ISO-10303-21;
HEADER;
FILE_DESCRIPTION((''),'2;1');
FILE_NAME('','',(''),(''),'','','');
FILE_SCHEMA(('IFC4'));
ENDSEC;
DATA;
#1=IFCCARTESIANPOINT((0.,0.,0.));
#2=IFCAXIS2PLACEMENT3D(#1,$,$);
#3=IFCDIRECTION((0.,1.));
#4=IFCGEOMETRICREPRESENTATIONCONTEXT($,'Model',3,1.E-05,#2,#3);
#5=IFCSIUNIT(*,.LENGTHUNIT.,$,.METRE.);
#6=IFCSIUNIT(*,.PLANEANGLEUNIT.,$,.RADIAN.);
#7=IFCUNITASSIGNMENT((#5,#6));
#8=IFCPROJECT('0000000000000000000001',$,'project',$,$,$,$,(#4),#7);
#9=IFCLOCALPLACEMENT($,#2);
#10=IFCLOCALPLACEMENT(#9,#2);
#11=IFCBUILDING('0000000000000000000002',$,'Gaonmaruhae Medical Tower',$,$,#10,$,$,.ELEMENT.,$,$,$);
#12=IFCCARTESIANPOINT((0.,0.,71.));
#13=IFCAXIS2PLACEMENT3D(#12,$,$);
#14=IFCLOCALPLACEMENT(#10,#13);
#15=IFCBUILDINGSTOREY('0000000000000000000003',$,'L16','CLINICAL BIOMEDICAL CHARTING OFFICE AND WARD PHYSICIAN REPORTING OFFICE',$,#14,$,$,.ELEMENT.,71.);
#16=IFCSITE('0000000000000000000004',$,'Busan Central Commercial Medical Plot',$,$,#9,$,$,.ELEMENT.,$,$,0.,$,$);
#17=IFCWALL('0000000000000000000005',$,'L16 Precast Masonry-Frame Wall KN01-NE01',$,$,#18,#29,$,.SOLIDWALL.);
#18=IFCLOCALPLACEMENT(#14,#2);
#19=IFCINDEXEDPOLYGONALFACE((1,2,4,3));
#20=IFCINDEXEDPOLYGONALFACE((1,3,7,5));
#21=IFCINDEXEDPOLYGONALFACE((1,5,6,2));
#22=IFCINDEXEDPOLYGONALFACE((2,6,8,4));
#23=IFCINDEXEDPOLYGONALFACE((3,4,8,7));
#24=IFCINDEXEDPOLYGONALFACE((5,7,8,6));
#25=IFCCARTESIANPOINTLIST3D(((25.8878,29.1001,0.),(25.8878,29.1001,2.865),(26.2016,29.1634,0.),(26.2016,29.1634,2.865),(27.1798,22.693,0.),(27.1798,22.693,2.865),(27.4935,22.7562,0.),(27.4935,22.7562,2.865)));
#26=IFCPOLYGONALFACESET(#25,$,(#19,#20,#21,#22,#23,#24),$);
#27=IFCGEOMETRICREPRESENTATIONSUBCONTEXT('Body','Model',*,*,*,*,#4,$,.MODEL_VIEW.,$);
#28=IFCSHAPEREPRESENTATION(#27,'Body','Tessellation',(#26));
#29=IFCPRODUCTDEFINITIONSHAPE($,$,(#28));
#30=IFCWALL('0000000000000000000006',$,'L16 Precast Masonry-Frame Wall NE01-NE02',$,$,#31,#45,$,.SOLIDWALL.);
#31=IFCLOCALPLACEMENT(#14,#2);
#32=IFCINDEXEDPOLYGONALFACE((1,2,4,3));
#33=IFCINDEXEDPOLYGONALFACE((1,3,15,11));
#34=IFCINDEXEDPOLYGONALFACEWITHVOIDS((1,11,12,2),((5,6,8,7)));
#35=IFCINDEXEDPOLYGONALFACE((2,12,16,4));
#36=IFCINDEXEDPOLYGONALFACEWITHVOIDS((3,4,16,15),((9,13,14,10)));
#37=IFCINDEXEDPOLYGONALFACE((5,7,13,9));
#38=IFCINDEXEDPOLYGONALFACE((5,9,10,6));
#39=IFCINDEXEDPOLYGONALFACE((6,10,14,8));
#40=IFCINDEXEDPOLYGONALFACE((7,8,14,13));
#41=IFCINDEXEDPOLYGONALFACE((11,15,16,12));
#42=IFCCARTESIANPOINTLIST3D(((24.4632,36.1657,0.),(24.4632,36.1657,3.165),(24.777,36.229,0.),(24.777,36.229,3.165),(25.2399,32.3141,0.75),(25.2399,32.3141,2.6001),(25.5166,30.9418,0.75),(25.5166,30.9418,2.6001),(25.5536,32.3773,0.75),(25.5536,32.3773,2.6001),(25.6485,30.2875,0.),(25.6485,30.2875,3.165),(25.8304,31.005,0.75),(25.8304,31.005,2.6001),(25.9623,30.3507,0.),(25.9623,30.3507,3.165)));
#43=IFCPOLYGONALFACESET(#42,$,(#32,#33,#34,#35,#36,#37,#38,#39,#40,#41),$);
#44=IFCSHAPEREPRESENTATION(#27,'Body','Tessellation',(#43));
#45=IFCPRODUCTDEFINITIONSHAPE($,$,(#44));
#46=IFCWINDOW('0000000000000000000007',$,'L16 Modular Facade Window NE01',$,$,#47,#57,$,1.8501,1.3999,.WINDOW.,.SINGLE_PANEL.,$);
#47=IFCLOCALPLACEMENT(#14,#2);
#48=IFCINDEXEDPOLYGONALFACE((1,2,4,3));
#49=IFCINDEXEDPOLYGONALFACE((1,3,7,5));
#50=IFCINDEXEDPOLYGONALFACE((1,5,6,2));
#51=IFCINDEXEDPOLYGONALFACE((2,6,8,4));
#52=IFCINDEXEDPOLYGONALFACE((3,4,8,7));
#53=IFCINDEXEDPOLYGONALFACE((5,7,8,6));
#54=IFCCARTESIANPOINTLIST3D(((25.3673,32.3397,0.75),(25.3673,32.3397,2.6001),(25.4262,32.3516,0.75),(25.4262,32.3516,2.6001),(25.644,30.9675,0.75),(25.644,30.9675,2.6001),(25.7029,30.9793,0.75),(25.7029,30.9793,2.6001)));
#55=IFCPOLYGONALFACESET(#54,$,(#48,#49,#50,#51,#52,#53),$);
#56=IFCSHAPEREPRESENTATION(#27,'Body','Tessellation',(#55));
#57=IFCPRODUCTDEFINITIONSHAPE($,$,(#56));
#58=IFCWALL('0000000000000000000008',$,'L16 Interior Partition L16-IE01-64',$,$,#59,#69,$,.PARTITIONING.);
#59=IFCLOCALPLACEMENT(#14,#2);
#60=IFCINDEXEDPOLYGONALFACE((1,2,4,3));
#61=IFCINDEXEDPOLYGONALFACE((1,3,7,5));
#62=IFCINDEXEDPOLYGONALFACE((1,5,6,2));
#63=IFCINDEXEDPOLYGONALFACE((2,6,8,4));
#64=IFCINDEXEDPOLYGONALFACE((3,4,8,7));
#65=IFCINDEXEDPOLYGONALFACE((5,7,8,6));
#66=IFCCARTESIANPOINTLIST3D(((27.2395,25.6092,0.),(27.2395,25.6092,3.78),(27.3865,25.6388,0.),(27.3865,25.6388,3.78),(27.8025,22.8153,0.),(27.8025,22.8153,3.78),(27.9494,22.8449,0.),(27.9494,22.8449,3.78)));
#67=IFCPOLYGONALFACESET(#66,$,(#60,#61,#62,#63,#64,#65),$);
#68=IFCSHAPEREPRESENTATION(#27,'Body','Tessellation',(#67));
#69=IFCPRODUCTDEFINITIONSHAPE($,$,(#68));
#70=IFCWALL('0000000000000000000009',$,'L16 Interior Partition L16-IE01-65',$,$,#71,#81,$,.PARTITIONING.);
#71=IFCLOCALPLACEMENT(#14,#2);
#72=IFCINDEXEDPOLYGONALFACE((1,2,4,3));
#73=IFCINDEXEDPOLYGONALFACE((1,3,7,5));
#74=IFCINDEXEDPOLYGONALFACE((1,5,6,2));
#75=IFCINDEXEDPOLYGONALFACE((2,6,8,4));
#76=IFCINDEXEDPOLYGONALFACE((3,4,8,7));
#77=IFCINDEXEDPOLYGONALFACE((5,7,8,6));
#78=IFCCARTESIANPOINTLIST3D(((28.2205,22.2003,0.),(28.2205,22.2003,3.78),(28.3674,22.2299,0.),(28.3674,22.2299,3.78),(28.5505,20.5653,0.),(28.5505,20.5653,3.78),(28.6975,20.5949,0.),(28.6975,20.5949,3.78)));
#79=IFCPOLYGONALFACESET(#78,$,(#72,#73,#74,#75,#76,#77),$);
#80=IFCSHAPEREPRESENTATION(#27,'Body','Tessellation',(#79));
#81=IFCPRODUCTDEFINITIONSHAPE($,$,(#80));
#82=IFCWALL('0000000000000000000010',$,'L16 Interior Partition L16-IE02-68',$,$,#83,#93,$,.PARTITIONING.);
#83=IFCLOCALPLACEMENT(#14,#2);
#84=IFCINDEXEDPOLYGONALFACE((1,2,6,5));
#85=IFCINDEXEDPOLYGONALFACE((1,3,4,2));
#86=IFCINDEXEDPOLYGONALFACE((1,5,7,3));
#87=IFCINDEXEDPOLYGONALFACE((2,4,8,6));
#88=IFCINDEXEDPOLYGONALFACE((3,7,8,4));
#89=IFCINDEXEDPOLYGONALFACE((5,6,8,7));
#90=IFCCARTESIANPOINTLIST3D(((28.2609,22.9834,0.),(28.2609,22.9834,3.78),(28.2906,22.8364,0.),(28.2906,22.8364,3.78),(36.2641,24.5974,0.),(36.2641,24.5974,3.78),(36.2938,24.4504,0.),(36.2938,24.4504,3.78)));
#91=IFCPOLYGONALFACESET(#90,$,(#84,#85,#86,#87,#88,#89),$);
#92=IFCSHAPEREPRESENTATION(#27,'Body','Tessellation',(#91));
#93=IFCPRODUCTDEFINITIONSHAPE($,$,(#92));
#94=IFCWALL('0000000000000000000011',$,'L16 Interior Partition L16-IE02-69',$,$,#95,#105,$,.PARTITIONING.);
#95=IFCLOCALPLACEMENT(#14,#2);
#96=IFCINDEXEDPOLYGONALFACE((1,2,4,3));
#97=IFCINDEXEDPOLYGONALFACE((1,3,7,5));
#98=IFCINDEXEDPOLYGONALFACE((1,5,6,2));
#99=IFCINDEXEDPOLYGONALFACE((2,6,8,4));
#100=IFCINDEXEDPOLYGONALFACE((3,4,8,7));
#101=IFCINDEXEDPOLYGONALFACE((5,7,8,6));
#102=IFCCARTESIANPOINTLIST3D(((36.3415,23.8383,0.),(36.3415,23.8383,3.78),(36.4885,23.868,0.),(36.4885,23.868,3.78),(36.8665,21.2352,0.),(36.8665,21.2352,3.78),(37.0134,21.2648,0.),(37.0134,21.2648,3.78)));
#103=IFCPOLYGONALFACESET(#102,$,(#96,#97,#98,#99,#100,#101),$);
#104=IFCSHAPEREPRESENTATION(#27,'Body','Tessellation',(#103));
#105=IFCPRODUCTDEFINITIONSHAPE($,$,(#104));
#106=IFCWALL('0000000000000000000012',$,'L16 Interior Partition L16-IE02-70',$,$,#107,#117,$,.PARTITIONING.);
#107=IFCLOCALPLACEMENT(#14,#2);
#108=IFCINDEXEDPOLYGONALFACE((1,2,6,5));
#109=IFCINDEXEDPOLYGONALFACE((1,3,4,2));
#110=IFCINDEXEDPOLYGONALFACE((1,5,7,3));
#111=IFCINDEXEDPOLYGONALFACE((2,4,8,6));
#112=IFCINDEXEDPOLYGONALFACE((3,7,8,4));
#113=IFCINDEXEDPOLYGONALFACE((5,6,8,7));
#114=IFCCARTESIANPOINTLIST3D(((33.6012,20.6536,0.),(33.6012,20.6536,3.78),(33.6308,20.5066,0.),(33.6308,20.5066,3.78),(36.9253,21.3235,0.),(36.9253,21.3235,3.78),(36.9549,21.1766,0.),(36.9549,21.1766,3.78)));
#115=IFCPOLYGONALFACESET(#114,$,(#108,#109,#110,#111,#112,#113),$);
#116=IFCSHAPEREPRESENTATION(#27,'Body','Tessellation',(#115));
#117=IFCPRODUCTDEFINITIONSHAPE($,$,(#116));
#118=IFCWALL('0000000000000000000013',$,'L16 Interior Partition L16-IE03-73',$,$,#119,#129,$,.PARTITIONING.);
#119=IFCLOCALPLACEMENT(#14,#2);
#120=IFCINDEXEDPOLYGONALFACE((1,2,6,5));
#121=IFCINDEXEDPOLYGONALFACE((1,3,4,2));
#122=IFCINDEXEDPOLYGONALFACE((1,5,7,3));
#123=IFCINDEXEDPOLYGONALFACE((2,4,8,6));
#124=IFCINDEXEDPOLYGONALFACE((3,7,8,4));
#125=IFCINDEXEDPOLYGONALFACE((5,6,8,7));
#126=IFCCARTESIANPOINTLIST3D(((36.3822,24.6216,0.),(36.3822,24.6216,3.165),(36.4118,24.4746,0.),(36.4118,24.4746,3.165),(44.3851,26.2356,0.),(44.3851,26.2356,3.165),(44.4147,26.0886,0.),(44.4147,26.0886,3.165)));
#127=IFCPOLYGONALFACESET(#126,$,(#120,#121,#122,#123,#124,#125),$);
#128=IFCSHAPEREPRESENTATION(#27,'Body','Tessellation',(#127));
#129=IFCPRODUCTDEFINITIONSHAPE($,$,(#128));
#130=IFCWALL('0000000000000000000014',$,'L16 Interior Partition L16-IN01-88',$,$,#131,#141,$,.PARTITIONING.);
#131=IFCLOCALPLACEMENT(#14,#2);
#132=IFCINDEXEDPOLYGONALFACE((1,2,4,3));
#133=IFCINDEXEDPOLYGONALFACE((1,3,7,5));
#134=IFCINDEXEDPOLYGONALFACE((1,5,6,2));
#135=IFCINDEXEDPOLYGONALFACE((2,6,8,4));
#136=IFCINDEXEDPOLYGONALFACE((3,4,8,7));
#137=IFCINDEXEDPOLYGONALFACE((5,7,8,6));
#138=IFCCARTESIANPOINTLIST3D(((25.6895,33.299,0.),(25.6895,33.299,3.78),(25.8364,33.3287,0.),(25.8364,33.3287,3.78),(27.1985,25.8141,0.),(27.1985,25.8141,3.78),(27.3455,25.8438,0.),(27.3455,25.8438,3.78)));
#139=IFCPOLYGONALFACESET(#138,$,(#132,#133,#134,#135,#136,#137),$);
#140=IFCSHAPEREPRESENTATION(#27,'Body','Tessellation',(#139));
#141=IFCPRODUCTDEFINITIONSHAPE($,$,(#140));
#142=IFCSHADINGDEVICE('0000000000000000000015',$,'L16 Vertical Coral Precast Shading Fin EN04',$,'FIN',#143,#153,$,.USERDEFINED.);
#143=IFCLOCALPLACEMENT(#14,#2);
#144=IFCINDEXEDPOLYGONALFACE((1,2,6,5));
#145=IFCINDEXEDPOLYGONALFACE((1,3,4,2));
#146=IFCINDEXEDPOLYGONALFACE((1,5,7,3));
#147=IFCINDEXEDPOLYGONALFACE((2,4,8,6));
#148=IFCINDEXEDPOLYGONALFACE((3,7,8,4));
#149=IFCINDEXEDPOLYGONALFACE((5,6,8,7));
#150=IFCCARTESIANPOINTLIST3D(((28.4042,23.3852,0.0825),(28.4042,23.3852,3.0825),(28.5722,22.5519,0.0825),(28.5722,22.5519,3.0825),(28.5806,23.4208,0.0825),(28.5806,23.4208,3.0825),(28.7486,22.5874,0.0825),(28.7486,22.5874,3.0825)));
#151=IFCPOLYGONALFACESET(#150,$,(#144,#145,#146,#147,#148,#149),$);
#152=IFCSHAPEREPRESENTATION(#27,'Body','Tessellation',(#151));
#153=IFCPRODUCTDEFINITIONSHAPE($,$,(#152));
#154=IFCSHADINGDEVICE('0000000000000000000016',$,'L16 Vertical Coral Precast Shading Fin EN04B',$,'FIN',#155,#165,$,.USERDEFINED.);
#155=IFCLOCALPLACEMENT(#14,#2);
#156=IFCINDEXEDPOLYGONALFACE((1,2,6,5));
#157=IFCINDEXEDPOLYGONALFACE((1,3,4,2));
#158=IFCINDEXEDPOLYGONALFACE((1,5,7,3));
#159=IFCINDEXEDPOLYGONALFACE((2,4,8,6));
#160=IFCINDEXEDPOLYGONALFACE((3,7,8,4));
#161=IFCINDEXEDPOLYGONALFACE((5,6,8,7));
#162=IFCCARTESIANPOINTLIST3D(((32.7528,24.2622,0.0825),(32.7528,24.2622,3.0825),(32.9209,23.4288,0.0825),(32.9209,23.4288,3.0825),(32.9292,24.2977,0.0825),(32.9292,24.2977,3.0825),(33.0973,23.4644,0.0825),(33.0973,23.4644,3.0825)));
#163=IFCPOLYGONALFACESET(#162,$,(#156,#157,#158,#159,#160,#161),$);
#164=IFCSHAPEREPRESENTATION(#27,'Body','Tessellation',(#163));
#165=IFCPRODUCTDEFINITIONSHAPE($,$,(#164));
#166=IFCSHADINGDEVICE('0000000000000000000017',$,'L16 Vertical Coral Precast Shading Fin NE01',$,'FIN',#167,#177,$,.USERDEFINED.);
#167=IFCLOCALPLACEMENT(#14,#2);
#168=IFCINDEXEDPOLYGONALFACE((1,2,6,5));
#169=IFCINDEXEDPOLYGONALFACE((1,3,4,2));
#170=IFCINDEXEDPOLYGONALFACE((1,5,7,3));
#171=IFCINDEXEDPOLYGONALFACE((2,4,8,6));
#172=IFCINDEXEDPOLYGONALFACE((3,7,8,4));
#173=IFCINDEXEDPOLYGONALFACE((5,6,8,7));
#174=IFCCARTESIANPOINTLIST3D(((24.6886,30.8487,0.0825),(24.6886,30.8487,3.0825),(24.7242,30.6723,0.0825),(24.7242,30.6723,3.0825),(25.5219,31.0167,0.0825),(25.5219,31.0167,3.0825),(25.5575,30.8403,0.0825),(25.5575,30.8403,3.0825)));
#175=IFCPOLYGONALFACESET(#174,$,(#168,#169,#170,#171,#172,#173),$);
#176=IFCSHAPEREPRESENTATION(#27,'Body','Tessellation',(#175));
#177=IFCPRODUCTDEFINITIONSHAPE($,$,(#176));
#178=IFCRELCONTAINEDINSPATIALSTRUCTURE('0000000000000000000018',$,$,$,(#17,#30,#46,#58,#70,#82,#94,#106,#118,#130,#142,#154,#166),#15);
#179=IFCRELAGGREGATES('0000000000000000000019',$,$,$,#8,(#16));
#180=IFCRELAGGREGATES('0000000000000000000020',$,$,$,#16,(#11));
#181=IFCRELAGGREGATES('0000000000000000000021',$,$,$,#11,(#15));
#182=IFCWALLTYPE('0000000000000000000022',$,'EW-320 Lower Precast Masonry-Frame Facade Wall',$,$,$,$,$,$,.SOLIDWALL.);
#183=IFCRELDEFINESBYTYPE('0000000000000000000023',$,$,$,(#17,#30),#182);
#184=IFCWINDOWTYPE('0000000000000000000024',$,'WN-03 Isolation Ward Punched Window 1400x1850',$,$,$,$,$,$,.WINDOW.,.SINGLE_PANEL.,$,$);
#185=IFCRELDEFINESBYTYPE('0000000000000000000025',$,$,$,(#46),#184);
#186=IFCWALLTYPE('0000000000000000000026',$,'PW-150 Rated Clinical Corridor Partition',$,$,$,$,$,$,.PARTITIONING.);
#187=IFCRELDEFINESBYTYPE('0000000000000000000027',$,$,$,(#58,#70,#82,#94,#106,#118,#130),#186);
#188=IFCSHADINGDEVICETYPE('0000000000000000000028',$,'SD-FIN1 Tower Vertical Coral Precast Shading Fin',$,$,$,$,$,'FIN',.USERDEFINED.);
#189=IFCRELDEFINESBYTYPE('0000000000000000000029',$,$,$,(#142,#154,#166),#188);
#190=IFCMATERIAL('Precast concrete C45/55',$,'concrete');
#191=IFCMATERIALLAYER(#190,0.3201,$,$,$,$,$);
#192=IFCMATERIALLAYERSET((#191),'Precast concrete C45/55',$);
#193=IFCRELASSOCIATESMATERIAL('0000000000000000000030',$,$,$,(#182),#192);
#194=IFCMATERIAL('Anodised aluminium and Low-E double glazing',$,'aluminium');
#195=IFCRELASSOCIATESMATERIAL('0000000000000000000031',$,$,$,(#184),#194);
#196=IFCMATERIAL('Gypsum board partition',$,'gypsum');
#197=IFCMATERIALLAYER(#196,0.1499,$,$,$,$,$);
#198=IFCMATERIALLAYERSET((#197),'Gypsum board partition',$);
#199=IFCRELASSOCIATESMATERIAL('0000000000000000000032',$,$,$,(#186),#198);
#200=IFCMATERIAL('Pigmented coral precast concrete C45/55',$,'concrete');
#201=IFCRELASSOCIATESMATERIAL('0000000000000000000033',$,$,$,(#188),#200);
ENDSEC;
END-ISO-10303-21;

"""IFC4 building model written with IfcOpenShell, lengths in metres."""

from ifc_helpers import new_model, si_unit, direction, frame, frame_2d, origin, origin_2d, place, context, subcontext, project, spatial, rectangle, extrude, material, layer, layer_set, type_object, element, fill, save


model = new_model("IFC4")

# Units and contexts
model_context = context("Model", 3, precision=1e-05, world=origin(), true_north=direction((0.0, 1.0)))
body_context = subcontext(model_context, "Body", "Model", "MODEL_VIEW")
ifc_project = project(units=[si_unit("LENGTHUNIT", "METRE"), si_unit("PLANEANGLEUNIT", "RADIAN")], contexts=[model_context])

# Site, building, storey
site_placement = place(None, origin())
site = spatial("IfcSite", under=ifc_project, at=site_placement, Name="Busan Central Commercial Medical Plot", CompositionType="ELEMENT", RefElevation=0.0)
building_placement = place(site_placement, origin())
building = spatial("IfcBuilding", under=site, at=building_placement, Name="Gaonmaruhae Medical Tower", CompositionType="ELEMENT")
storey_placement = place(building_placement, frame((0.0, 0.0, 71.0)))
storey = spatial("IfcBuildingStorey", under=building, at=storey_placement, Name="L16", Description="CLINICAL BIOMEDICAL CHARTING OFFICE AND WARD PHYSICIAN REPORTING OFFICE", CompositionType="ELEMENT", Elevation=71.0)

# Shared definitions
ifc_material_1 = material(Name="Precast concrete C45/55", Category="concrete")
ifc_layer_1 = layer(ifc_material_1, 0.3201)
ifc_layer_set_1 = layer_set([ifc_layer_1], Name="Precast concrete C45/55")
wall_type_1 = type_object("IfcWallType", Name="EW-320 Lower Precast Masonry-Frame Facade Wall", PredefinedType="SOLIDWALL", material=ifc_layer_set_1)

# Shared definitions
ifc_material_2 = material(Name="Anodised aluminium and Low-E double glazing", Category="aluminium")

# Wall
wall_1_placement = place(storey_placement, frame((27.3367, 22.7246, 0.0), z_axis=(0.0, 0.0, 1.0), x_axis=(-0.197667, 0.980269, 0.0)))
element("IfcWall", 1, at=wall_1_placement, inside=storey, type_object=wall_type_1, Name="L16 Precast Masonry-Frame Wall KN01-NE01", PredefinedType="SOLIDWALL", context=body_context, shape_type="SweptSolid", body=[
    extrude(rectangle(XDim=6.5361, YDim=0.3201, at=frame_2d((3.2681, 0.0))), origin(), (0.0, 0.0, 1.0), 2.865),
])

# Wall, opening, window
wall_2_placement = place(storey_placement, frame((25.8054, 30.3191, 0.0), z_axis=(0.0, 0.0, 1.0), x_axis=(-0.197666, 0.980269, 0.0)))
wall_2 = element("IfcWall", 2, at=wall_2_placement, inside=storey, type_object=wall_type_1, Name="L16 Precast Masonry-Frame Wall NE01-NE02", PredefinedType="SOLIDWALL", context=body_context, shape_type="SweptSolid", body=[
    extrude(rectangle(XDim=5.9966, YDim=0.3201, at=frame_2d((2.9983, 0.0))), origin(), (0.0, 0.0, 1.0), 3.165),
])
opening_1_placement = place(wall_2_placement, frame((0.6675, 0.0, 0.75)))
opening_1 = element("IfcOpeningElement", 3, at=opening_1_placement, cuts=wall_2, PredefinedType="OPENING", context=body_context, shape_type="SweptSolid", body=[
    extrude(rectangle(XDim=1.3999, YDim=1.8501, at=frame_2d((0.7, 0.925))), frame((0.0, 0.1699, 0.0), z_axis=(0.0, -1.0, 0.0), x_axis=(1.0, 0.0, 0.0)), (0.0, 0.0, 1.0), 0.3401),
])
window_type_1 = type_object("IfcWindowType", Name="WN-03 Isolation Ward Punched Window 1400x1850", PartitioningType="SINGLE_PANEL", PredefinedType="WINDOW", material=ifc_material_2)
window_1_placement = place(opening_1_placement, origin())
window_1 = element("IfcWindow", 4, at=window_1_placement, inside=storey, type_object=window_type_1, Name="L16 Modular Facade Window NE01", OverallHeight=1.8501, OverallWidth=1.3999, PartitioningType="SINGLE_PANEL", PredefinedType="WINDOW", context=body_context, shape_type="SweptSolid", body=[
    extrude(rectangle(XDim=1.3999, YDim=1.8501, at=frame_2d((0.7, 0.925))), frame((0.0, 0.03, 0.0), z_axis=(0.0, -1.0, 0.0), x_axis=(1.0, 0.0, 0.0)), (0.0, 0.0, 1.0), 0.0601),
])
fill(opening_1, window_1)

# Walls
ifc_material_3 = material(Name="Gypsum board partition", Category="gypsum")
ifc_layer_2 = layer(ifc_material_3, 0.1499)
ifc_layer_set_2 = layer_set([ifc_layer_2], Name="Gypsum board partition")
wall_type_2 = type_object("IfcWallType", Name="PW-150 Rated Clinical Corridor Partition", PredefinedType="PARTITIONING", material=ifc_layer_set_2)
wall_3_placement = place(storey_placement, frame((27.313, 25.624, 0.0), z_axis=(0.0, 0.0, 1.0), x_axis=(0.197533, -0.980296, 0.0)))
element("IfcWall", 5, at=wall_3_placement, inside=storey, type_object=wall_type_2, Name="L16 Interior Partition L16-IE01-64", PredefinedType="PARTITIONING", context=body_context, shape_type="SweptSolid", body=[
    extrude(rectangle(XDim=2.8501, YDim=0.1499, at=frame_2d((1.425, 0.0))), origin(), (0.0, 0.0, 1.0), 3.78),
])
wall_4_placement = place(storey_placement, frame((28.2939, 22.2151, 0.0), z_axis=(0.0, 0.0, 1.0), x_axis=(0.197889, -0.980224, 0.0)))
element("IfcWall", 6, at=wall_4_placement, inside=storey, type_object=wall_type_2, Name="L16 Interior Partition L16-IE01-65", PredefinedType="PARTITIONING", context=body_context, shape_type="SweptSolid", body=[
    extrude(rectangle(XDim=1.668, YDim=0.1499, at=frame_2d((0.834, 0.0))), origin(), (0.0, 0.0, 1.0), 3.78),
])
wall_5_placement = place(storey_placement, frame((28.2759, 22.9099, 0.0), z_axis=(0.0, 0.0, 1.0), x_axis=(0.980264, 0.197692, 0.0)))
element("IfcWall", 7, at=wall_5_placement, inside=storey, type_object=wall_type_2, Name="L16 Interior Partition L16-IE02-68", PredefinedType="PARTITIONING", context=body_context, shape_type="SweptSolid", body=[
    extrude(rectangle(XDim=8.1643, YDim=0.1499, at=frame_2d((4.082, 0.0))), origin(), (0.0, 0.0, 1.0), 3.78),
])
wall_6_placement = place(storey_placement, frame((36.415, 23.853, 0.0), z_axis=(0.0, 0.0, 1.0), x_axis=(0.197672, -0.980268, 0.0)))
element("IfcWall", 8, at=wall_6_placement, inside=storey, type_object=wall_type_2, Name="L16 Interior Partition L16-IE02-69", PredefinedType="PARTITIONING", context=body_context, shape_type="SweptSolid", body=[
    extrude(rectangle(XDim=2.6555, YDim=0.1499, at=frame_2d((1.3276, 0.0))), origin(), (0.0, 0.0, 1.0), 3.78),
])
wall_7_placement = place(storey_placement, frame((36.9399, 21.25, 0.0), z_axis=(0.0, 0.0, 1.0), x_axis=(-0.980289, -0.19757, 0.0)))
element("IfcWall", 9, at=wall_7_placement, inside=storey, type_object=wall_type_2, Name="L16 Interior Partition L16-IE02-70", PredefinedType="PARTITIONING", context=body_context, shape_type="SweptSolid", body=[
    extrude(rectangle(XDim=3.3909, YDim=0.1499, at=frame_2d((1.6953, 0.0))), origin(), (0.0, 0.0, 1.0), 3.78),
])
wall_8_placement = place(storey_placement, frame((36.397, 24.5481, 0.0), z_axis=(0.0, 0.0, 1.0), x_axis=(0.980263, 0.197697, 0.0)))
element("IfcWall", 10, at=wall_8_placement, inside=storey, type_object=wall_type_2, Name="L16 Interior Partition L16-IE03-73", PredefinedType="PARTITIONING", context=body_context, shape_type="SweptSolid", body=[
    extrude(rectangle(XDim=8.1641, YDim=0.1499, at=frame_2d((4.082, 0.0))), origin(), (0.0, 0.0, 1.0), 3.165),
])
wall_9_placement = place(storey_placement, frame((25.7629, 33.314, 0.0), z_axis=(0.0, 0.0, 1.0), x_axis=(0.197635, -0.980276, 0.0)))
element("IfcWall", 11, at=wall_9_placement, inside=storey, type_object=wall_type_2, Name="L16 Interior Partition L16-IN01-88", PredefinedType="PARTITIONING", context=body_context, shape_type="SweptSolid", body=[
    extrude(rectangle(XDim=7.6355, YDim=0.1499, at=frame_2d((3.8179, 0.0))), origin(), (0.0, 0.0, 1.0), 3.78),
])

# Shading devices
ifc_material_4 = material(Name="Pigmented coral precast concrete C45/55", Category="concrete")
shading_device_type = type_object("IfcShadingDeviceType", Name="SD-FIN1 Tower Vertical Coral Precast Shading Fin", ElementType="FIN", PredefinedType="USERDEFINED", material=ifc_material_4)
for number, where, z_axis, x_axis, name in (
    (12, (28.5764, 22.9863, 0.0825), (0.0, 0.0, 1.0), (0.980271, 0.197657, 0.0), "L16 Vertical Coral Precast Shading Fin EN04"),
    (13, (32.925, 23.8633, 0.0825), (0.0, 0.0, 1.0), (0.980271, 0.197657, 0.0), "L16 Vertical Coral Precast Shading Fin EN04B"),
    (14, (25.123, 30.8445, 0.0825), (0.0, 0.0, 1.0), (-0.197657, 0.980271, 0.0), "L16 Vertical Coral Precast Shading Fin NE01"),
):
    element("IfcShadingDevice", number, at=place(storey_placement, frame(where, z_axis=z_axis, x_axis=x_axis)), inside=storey, type_object=shading_device_type, Name=name, ObjectType="FIN", PredefinedType="USERDEFINED", context=body_context, shape_type="SweptSolid", body=[
        extrude(rectangle(XDim=0.1799, YDim=0.8501, at=origin_2d()), origin(), (0.0, 0.0, 1.0), 3.0),
    ])

save(model, "model.ifc")
